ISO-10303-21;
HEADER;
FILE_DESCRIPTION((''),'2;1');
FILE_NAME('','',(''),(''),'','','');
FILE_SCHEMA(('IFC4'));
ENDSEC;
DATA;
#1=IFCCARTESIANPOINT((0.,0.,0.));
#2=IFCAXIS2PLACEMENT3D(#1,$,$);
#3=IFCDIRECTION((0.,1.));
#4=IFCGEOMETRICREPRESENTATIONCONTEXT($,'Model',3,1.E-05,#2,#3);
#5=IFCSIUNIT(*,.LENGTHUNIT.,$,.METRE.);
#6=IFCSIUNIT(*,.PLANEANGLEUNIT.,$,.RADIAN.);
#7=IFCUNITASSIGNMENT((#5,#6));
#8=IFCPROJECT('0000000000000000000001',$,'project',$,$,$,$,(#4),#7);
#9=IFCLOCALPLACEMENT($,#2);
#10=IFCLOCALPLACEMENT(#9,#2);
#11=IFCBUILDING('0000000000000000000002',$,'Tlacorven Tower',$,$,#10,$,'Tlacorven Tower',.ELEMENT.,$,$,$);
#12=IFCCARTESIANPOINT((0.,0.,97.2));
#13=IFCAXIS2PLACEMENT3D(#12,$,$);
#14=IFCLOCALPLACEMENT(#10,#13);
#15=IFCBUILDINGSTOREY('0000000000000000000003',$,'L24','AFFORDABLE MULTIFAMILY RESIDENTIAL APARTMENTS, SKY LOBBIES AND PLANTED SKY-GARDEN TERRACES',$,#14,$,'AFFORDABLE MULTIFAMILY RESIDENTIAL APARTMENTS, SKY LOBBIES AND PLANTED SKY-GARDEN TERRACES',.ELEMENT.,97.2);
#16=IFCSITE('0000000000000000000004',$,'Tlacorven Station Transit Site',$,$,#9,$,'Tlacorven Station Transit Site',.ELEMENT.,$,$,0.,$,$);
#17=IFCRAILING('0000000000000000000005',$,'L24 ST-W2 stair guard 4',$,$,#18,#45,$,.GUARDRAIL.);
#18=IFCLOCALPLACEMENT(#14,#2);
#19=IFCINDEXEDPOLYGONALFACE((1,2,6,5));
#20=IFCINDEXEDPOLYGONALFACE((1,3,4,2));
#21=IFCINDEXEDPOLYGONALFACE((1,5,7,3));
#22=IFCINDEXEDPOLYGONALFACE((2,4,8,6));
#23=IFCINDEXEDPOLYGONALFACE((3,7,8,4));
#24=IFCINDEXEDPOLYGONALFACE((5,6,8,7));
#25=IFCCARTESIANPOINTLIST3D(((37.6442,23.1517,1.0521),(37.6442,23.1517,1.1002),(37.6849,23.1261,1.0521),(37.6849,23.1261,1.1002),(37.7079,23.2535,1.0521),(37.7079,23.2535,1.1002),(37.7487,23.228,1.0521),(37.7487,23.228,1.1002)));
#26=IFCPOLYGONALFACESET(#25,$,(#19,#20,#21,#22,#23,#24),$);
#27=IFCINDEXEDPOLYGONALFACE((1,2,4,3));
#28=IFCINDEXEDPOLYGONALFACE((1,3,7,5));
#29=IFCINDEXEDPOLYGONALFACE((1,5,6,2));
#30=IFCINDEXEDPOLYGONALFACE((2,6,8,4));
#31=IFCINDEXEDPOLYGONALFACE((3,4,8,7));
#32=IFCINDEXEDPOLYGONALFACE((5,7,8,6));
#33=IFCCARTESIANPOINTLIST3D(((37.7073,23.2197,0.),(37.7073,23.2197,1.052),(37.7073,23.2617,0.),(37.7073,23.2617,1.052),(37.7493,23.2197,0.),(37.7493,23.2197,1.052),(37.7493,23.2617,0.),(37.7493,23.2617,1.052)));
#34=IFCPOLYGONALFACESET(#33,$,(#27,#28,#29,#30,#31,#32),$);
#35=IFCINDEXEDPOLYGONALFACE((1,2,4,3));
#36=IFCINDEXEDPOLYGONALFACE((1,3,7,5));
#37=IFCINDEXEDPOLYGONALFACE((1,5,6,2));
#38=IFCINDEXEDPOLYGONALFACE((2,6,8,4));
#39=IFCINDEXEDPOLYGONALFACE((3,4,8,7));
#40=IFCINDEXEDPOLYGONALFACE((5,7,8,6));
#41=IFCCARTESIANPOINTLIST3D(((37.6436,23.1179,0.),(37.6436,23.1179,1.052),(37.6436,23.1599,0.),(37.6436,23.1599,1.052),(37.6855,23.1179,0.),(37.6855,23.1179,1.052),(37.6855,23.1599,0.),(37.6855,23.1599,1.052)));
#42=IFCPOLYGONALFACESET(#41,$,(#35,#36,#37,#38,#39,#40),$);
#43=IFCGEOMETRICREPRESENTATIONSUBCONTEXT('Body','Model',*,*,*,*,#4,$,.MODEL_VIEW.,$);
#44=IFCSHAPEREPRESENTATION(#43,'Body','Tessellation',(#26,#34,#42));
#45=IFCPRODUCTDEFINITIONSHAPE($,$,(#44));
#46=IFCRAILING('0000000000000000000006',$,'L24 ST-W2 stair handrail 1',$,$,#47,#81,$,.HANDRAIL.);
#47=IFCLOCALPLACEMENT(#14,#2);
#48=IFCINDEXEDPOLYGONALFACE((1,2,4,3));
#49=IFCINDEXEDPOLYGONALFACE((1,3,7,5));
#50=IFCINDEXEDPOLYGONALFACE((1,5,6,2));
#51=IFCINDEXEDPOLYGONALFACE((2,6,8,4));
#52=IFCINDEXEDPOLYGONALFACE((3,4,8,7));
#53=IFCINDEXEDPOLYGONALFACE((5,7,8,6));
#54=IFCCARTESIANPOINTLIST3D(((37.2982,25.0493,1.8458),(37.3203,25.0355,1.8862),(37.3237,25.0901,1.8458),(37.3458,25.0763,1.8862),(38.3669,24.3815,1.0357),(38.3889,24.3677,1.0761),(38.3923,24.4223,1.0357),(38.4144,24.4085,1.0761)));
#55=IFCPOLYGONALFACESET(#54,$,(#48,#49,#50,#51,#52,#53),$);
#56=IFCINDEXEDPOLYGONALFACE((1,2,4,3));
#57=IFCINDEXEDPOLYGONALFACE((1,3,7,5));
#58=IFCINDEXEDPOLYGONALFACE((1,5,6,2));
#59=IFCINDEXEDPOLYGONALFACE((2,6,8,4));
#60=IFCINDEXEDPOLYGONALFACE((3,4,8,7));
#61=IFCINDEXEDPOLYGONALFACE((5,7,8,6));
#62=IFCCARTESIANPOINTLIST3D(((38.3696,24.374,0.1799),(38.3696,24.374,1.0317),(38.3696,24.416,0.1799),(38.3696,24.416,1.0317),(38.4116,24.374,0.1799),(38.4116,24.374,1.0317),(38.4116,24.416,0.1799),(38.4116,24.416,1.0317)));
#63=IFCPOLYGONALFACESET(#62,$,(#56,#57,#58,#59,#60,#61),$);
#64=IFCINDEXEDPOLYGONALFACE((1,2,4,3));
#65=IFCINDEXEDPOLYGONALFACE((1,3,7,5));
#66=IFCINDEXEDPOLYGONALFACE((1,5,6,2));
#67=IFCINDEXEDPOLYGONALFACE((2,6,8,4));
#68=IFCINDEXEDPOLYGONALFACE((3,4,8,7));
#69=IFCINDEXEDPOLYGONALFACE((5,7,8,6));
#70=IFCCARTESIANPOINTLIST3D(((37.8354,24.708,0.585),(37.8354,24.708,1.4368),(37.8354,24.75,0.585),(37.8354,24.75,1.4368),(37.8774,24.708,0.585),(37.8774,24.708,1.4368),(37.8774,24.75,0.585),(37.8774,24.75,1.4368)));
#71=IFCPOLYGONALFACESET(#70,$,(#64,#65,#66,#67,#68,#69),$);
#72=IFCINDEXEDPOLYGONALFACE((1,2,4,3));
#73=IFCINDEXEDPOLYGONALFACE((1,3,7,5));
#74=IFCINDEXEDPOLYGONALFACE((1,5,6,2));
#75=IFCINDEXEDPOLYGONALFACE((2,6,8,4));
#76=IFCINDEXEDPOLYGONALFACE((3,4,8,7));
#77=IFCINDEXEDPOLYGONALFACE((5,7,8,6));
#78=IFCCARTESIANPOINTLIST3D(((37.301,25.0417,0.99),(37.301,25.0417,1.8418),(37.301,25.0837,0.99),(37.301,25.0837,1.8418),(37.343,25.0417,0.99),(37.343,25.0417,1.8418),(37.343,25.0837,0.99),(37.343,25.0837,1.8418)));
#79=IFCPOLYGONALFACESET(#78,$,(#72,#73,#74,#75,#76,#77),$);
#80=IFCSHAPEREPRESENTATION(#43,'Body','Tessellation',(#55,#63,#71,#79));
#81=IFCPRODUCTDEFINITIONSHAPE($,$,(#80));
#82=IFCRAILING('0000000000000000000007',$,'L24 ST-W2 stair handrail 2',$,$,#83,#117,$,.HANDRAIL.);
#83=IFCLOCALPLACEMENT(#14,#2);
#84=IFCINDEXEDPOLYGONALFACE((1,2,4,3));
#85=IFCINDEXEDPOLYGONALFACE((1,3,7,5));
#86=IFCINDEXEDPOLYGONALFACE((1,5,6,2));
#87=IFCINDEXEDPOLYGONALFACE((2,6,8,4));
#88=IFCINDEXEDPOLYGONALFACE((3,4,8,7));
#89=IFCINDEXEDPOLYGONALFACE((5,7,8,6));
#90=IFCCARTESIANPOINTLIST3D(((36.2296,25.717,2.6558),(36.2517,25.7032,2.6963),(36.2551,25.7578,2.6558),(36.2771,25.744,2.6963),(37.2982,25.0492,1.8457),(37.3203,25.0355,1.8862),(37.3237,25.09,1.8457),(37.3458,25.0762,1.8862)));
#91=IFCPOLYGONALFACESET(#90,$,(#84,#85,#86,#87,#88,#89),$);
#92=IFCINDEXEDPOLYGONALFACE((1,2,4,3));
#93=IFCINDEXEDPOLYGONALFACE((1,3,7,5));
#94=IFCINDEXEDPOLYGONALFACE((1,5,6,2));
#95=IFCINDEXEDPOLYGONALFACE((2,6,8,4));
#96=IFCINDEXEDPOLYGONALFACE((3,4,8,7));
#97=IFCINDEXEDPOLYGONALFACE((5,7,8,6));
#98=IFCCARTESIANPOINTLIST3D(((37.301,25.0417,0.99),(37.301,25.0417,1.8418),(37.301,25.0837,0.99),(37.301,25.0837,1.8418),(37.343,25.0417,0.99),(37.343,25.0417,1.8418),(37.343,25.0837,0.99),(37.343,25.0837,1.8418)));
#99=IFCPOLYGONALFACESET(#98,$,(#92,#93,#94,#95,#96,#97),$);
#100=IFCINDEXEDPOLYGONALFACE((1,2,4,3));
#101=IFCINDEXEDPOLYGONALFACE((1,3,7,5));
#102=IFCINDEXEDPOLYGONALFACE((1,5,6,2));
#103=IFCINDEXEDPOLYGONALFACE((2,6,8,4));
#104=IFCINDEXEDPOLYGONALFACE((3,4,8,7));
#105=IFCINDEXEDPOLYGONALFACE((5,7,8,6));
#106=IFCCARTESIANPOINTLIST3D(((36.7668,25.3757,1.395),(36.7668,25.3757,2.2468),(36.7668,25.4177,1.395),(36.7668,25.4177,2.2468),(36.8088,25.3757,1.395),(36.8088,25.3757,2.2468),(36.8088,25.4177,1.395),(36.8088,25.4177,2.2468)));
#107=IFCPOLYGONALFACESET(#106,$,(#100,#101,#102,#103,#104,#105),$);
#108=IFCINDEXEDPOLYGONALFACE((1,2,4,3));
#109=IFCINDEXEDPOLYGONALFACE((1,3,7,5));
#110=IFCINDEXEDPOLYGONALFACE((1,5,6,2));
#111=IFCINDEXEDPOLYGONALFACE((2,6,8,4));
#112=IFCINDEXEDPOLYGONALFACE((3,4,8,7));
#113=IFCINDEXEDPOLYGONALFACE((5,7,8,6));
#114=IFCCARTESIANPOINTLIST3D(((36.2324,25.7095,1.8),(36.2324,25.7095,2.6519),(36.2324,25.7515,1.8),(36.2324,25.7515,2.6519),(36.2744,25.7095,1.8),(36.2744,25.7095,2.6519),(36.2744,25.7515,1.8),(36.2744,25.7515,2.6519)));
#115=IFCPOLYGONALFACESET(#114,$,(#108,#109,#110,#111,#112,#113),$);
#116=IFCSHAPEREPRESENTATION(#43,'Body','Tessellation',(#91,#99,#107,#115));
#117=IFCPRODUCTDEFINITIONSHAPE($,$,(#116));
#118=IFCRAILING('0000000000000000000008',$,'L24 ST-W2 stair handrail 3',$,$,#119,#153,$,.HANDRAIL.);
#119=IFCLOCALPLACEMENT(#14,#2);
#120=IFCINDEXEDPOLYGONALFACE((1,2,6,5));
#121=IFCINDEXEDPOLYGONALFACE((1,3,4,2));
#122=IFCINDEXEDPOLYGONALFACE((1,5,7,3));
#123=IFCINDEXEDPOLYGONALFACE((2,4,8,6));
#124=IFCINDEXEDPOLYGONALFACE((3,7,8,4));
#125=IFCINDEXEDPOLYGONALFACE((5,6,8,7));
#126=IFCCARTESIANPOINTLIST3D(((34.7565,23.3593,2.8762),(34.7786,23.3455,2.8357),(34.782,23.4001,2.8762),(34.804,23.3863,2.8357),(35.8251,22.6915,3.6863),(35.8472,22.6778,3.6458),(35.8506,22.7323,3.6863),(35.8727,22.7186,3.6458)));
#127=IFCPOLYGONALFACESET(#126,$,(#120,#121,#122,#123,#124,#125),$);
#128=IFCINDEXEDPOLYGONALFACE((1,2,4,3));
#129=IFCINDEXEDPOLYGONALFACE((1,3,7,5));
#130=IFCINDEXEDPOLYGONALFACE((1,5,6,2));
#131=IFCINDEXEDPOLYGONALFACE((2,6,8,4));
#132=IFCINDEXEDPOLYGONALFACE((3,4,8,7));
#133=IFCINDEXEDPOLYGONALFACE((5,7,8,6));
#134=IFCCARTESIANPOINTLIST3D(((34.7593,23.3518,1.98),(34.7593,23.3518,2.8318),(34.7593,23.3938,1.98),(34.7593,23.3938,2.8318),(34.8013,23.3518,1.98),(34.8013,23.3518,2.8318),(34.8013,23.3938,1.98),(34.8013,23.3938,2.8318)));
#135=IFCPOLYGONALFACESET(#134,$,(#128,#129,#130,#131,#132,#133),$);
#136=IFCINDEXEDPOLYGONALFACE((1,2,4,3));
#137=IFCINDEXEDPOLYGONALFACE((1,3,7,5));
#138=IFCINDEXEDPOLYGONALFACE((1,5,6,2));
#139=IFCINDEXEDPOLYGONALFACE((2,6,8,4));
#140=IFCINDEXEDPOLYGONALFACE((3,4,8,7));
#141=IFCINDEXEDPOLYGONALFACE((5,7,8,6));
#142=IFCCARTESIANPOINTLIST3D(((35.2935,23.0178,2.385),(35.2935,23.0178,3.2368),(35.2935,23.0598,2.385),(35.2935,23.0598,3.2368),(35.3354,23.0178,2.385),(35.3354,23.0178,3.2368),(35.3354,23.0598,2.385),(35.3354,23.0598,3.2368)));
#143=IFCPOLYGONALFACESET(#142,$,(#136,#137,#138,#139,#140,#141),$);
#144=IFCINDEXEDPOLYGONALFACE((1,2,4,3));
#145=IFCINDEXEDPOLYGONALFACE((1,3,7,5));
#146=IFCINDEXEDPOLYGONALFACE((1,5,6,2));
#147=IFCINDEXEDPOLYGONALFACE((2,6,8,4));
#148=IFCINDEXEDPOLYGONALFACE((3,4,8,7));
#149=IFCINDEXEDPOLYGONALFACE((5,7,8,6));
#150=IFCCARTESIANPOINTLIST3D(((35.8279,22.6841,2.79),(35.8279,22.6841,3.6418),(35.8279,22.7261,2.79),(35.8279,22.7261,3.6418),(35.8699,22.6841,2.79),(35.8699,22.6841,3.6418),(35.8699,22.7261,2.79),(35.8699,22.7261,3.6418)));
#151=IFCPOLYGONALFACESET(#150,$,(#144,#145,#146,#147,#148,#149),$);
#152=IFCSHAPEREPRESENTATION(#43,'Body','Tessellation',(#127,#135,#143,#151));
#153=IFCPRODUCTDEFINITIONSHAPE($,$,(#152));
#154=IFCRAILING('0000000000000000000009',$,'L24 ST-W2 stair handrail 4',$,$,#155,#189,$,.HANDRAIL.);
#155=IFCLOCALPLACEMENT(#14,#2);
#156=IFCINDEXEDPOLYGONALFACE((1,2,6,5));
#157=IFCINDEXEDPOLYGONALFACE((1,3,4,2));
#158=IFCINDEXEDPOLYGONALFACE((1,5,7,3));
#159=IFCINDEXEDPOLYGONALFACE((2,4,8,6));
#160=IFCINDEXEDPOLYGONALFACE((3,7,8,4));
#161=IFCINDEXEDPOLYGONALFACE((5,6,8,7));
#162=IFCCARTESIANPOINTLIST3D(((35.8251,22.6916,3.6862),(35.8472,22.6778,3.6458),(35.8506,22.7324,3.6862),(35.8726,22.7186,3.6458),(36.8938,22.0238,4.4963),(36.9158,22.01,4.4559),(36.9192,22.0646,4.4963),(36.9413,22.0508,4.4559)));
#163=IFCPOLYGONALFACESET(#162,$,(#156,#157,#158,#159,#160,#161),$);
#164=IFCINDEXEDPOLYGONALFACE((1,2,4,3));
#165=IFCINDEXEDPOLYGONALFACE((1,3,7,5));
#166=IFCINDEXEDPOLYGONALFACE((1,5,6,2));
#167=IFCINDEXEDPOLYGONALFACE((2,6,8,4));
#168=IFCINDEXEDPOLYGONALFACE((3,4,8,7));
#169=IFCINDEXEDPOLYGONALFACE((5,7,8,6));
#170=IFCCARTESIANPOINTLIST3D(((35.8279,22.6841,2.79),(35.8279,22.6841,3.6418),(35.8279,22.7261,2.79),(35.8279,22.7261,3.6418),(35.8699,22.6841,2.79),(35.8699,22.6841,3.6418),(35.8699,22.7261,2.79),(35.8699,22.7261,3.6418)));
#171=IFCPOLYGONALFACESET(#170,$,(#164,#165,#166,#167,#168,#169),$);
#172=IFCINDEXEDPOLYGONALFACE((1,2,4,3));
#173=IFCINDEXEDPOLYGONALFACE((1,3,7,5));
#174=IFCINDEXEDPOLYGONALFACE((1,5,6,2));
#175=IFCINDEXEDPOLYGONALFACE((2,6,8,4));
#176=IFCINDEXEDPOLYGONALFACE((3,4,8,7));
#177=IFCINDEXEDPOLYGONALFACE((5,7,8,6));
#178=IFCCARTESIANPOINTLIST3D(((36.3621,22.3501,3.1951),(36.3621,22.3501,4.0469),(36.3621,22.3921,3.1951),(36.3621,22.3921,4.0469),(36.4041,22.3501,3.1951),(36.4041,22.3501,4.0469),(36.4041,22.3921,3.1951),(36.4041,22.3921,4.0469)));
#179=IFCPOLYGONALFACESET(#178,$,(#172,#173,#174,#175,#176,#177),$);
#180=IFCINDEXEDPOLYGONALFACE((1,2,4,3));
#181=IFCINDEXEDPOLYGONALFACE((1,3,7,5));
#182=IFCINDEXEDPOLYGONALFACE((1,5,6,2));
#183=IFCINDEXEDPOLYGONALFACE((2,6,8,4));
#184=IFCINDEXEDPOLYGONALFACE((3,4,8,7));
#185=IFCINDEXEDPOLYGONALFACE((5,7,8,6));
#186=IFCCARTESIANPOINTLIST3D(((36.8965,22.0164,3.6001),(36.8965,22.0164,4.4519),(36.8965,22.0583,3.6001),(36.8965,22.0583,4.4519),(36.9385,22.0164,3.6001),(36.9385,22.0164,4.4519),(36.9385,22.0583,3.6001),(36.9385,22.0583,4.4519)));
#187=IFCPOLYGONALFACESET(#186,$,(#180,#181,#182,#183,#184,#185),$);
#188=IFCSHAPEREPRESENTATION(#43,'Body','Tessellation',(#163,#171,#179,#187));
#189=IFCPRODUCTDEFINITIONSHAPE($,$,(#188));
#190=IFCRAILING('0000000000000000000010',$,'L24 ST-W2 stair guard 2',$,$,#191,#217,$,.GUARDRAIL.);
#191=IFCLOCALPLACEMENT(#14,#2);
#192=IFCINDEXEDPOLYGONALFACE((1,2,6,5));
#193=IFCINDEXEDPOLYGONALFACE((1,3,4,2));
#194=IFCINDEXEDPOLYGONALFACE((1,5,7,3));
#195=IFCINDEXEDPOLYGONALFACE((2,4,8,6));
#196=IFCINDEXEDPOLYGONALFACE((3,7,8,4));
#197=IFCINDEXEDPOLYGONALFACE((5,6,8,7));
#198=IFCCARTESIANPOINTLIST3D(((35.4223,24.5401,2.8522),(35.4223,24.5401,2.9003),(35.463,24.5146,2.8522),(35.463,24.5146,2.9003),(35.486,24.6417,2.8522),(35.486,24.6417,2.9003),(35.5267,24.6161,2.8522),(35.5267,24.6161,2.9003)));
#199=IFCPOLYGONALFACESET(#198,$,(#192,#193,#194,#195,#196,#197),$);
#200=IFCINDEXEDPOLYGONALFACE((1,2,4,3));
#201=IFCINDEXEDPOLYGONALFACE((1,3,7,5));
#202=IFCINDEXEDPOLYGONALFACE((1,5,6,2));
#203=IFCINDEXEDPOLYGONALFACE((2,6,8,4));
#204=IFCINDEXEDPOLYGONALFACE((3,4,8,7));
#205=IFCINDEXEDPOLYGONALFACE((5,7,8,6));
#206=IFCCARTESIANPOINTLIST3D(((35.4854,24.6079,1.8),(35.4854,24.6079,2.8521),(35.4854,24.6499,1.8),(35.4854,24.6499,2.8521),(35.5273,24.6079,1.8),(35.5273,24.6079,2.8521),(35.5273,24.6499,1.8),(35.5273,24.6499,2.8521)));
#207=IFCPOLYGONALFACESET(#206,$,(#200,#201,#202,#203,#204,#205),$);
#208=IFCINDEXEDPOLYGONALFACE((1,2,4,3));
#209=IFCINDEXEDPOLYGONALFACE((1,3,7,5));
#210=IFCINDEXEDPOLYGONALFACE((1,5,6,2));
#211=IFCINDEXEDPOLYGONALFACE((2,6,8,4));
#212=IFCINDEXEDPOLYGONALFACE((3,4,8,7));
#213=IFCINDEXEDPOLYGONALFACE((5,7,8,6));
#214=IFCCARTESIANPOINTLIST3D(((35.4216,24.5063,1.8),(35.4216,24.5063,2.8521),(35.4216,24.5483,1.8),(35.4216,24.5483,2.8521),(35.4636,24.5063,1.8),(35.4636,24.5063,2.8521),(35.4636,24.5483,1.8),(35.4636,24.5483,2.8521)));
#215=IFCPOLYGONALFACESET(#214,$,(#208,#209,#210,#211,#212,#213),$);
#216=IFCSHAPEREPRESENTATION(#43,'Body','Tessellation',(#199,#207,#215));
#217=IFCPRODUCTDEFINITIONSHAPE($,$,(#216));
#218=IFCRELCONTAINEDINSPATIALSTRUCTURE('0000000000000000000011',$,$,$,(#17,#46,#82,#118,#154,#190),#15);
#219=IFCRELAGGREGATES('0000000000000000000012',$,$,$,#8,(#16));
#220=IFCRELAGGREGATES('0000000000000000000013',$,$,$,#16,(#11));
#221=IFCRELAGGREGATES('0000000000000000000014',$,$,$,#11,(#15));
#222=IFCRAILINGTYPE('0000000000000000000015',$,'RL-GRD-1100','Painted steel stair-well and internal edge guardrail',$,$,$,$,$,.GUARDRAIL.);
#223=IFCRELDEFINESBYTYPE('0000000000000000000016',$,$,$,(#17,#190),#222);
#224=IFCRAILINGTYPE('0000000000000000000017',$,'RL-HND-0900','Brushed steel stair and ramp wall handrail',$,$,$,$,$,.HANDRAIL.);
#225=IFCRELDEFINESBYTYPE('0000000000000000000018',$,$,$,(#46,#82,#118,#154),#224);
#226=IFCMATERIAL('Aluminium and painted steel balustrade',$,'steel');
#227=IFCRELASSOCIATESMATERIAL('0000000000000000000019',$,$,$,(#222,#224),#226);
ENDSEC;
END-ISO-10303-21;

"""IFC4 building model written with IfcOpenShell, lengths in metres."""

from ifc_helpers import new_model, si_unit, direction, frame, origin, origin_2d, place, context, subcontext, project, spatial, rectangle, extrude, source, transform, mapped, material, type_object, element, save


model = new_model("IFC4")

# Units and contexts
model_context = context("Model", 3, precision=1e-05, world=origin(), true_north=direction((0.0, 1.0)))
body_context = subcontext(model_context, "Body", "Model", "MODEL_VIEW")
ifc_project = project(units=[si_unit("LENGTHUNIT", "METRE"), si_unit("PLANEANGLEUNIT", "RADIAN")], contexts=[model_context])

# Site, building, storey
site_placement = place(None, origin())
site = spatial("IfcSite", under=ifc_project, at=site_placement, Name="Tlacorven Station Transit Site", LongName="Tlacorven Station Transit Site", CompositionType="ELEMENT", RefElevation=0.0)
building_placement = place(site_placement, origin())
building = spatial("IfcBuilding", under=site, at=building_placement, Name="Tlacorven Tower", LongName="Tlacorven Tower", CompositionType="ELEMENT")
storey_placement = place(building_placement, frame((0.0, 0.0, 97.2)))
storey = spatial("IfcBuildingStorey", under=building, at=storey_placement, Name="L24", Description="AFFORDABLE MULTIFAMILY RESIDENTIAL APARTMENTS, SKY LOBBIES AND PLANTED SKY-GARDEN TERRACES", LongName="AFFORDABLE MULTIFAMILY RESIDENTIAL APARTMENTS, SKY LOBBIES AND PLANTED SKY-GARDEN TERRACES", CompositionType="ELEMENT", Elevation=97.2)

# Railings
ifc_material_1 = material(Name="Aluminium and painted steel balustrade", Category="steel")
railing_type_1 = type_object("IfcRailingType", Name="RL-GRD-1100", Description="Painted steel stair-well and internal edge guardrail", PredefinedType="GUARDRAIL", material=ifc_material_1)
shared_shape_1 = source(origin(), body_context, "Body", "SweptSolid", [
    extrude(rectangle(XDim=0.0481, YDim=0.0481, at=origin_2d()), frame((0.0, 0.0, 1.0762), z_axis=(-0.530547, -0.847656, 0.0), x_axis=(0.847656, -0.530547, 0.0)), (0.0, 0.0, 1.0), 0.1201),
    extrude(rectangle(XDim=0.042, YDim=0.042, at=origin_2d()), origin(), (0.0, 0.0, 1.0), 1.052),
    extrude(rectangle(XDim=0.042, YDim=0.042, at=origin_2d()), frame((-0.0637, -0.1018, 0.0)), (0.0, 0.0, 1.0), 1.052),
])
railing_1_placement = place(storey_placement, frame((37.7283, 23.2407, 0.0)))
element("IfcRailing", 1, at=railing_1_placement, inside=storey, type_object=railing_type_1, Name="L24 ST-W2 stair guard 4", PredefinedType="GUARDRAIL", context=body_context, shape_type="MappedRepresentation", body=[
    mapped(shared_shape_1, transform((0.0, 0.0, 0.0), scale=1.0)),
])
railing_type_2 = type_object("IfcRailingType", Name="RL-HND-0900", Description="Brushed steel stair and ramp wall handrail", PredefinedType="HANDRAIL", material=ifc_material_1)
shared_shape_2 = source(origin(), body_context, "Body", "SweptSolid", [
    extrude(rectangle(XDim=0.0481, YDim=0.0481, at=origin_2d()), frame((0.0, 0.0, 0.876), z_axis=(-0.71336, 0.445748, 0.540765), x_axis=(-0.529912, -0.848053, 0.0)), (0.0, 0.0, 1.0), 1.498),
    extrude(rectangle(XDim=0.042, YDim=0.042, at=origin_2d()), origin(), (0.0, 0.0, 1.0), 0.8518),
    extrude(rectangle(XDim=0.042, YDim=0.042, at=origin_2d()), frame((-0.5342, 0.334, 0.405)), (0.0, 0.0, 1.0), 0.8518),
    extrude(rectangle(XDim=0.042, YDim=0.042, at=origin_2d()), frame((-1.0686, 0.6677, 0.8101)), (0.0, 0.0, 1.0), 0.8518),
])
for number, where, name in (
    (2, (38.3906, 24.395, 0.1799), "L24 ST-W2 stair handrail 1"),
    (3, (37.322, 25.0627, 0.99), "L24 ST-W2 stair handrail 2"),
):
    element("IfcRailing", number, at=place(storey_placement, frame(where)), inside=storey, type_object=railing_type_2, Name=name, PredefinedType="HANDRAIL", context=body_context, shape_type="MappedRepresentation", body=[
        mapped(shared_shape_2, transform((0.0, 0.0, 0.0), scale=1.0)),
    ])
shared_shape_3 = source(origin(), body_context, "Body", "SweptSolid", [
    extrude(rectangle(XDim=0.0481, YDim=0.0481, at=origin_2d()), frame((0.0, 0.0, 0.876), z_axis=(0.71336, -0.445748, 0.540765), x_axis=(0.529912, 0.848053, 0.0)), (0.0, 0.0, 1.0), 1.498),
    extrude(rectangle(XDim=0.042, YDim=0.042, at=origin_2d()), origin(), (0.0, 0.0, 1.0), 0.8518),
    extrude(rectangle(XDim=0.042, YDim=0.042, at=origin_2d()), frame((0.5342, -0.334, 0.405)), (0.0, 0.0, 1.0), 0.8518),
    extrude(rectangle(XDim=0.042, YDim=0.042, at=origin_2d()), frame((1.0686, -0.6677, 0.8101)), (0.0, 0.0, 1.0), 0.8518),
])
for number, where, name in (
    (4, (34.7803, 23.3728, 1.98), "L24 ST-W2 stair handrail 3"),
    (5, (35.8489, 22.7051, 2.79), "L24 ST-W2 stair handrail 4"),
):
    element("IfcRailing", number, at=place(storey_placement, frame(where)), inside=storey, type_object=railing_type_2, Name=name, PredefinedType="HANDRAIL", context=body_context, shape_type="MappedRepresentation", body=[
        mapped(shared_shape_3, transform((0.0, 0.0, 0.0), scale=1.0)),
    ])
shared_shape_4 = source(origin(), body_context, "Body", "SweptSolid", [
    extrude(rectangle(XDim=0.0481, YDim=0.0481, at=origin_2d()), frame((0.0, 0.0, 1.0762), z_axis=(-0.531462, -0.847082, 0.0), x_axis=(0.847082, -0.531462, 0.0)), (0.0, 0.0, 1.0), 0.1199),
    extrude(rectangle(XDim=0.042, YDim=0.042, at=origin_2d()), origin(), (0.0, 0.0, 1.0), 1.052),
    extrude(rectangle(XDim=0.042, YDim=0.042, at=origin_2d()), frame((-0.0637, -0.1016, 0.0)), (0.0, 0.0, 1.0), 1.052),
])
railing_2_placement = place(storey_placement, frame((35.5063, 24.6289, 1.8)))
element("IfcRailing", 6, at=railing_2_placement, inside=storey, type_object=railing_type_1, Name="L24 ST-W2 stair guard 2", PredefinedType="GUARDRAIL", context=body_context, shape_type="MappedRepresentation", body=[
    mapped(shared_shape_4, transform((0.0, 0.0, 0.0), scale=1.0)),
])

save(model, "model.ifc")
